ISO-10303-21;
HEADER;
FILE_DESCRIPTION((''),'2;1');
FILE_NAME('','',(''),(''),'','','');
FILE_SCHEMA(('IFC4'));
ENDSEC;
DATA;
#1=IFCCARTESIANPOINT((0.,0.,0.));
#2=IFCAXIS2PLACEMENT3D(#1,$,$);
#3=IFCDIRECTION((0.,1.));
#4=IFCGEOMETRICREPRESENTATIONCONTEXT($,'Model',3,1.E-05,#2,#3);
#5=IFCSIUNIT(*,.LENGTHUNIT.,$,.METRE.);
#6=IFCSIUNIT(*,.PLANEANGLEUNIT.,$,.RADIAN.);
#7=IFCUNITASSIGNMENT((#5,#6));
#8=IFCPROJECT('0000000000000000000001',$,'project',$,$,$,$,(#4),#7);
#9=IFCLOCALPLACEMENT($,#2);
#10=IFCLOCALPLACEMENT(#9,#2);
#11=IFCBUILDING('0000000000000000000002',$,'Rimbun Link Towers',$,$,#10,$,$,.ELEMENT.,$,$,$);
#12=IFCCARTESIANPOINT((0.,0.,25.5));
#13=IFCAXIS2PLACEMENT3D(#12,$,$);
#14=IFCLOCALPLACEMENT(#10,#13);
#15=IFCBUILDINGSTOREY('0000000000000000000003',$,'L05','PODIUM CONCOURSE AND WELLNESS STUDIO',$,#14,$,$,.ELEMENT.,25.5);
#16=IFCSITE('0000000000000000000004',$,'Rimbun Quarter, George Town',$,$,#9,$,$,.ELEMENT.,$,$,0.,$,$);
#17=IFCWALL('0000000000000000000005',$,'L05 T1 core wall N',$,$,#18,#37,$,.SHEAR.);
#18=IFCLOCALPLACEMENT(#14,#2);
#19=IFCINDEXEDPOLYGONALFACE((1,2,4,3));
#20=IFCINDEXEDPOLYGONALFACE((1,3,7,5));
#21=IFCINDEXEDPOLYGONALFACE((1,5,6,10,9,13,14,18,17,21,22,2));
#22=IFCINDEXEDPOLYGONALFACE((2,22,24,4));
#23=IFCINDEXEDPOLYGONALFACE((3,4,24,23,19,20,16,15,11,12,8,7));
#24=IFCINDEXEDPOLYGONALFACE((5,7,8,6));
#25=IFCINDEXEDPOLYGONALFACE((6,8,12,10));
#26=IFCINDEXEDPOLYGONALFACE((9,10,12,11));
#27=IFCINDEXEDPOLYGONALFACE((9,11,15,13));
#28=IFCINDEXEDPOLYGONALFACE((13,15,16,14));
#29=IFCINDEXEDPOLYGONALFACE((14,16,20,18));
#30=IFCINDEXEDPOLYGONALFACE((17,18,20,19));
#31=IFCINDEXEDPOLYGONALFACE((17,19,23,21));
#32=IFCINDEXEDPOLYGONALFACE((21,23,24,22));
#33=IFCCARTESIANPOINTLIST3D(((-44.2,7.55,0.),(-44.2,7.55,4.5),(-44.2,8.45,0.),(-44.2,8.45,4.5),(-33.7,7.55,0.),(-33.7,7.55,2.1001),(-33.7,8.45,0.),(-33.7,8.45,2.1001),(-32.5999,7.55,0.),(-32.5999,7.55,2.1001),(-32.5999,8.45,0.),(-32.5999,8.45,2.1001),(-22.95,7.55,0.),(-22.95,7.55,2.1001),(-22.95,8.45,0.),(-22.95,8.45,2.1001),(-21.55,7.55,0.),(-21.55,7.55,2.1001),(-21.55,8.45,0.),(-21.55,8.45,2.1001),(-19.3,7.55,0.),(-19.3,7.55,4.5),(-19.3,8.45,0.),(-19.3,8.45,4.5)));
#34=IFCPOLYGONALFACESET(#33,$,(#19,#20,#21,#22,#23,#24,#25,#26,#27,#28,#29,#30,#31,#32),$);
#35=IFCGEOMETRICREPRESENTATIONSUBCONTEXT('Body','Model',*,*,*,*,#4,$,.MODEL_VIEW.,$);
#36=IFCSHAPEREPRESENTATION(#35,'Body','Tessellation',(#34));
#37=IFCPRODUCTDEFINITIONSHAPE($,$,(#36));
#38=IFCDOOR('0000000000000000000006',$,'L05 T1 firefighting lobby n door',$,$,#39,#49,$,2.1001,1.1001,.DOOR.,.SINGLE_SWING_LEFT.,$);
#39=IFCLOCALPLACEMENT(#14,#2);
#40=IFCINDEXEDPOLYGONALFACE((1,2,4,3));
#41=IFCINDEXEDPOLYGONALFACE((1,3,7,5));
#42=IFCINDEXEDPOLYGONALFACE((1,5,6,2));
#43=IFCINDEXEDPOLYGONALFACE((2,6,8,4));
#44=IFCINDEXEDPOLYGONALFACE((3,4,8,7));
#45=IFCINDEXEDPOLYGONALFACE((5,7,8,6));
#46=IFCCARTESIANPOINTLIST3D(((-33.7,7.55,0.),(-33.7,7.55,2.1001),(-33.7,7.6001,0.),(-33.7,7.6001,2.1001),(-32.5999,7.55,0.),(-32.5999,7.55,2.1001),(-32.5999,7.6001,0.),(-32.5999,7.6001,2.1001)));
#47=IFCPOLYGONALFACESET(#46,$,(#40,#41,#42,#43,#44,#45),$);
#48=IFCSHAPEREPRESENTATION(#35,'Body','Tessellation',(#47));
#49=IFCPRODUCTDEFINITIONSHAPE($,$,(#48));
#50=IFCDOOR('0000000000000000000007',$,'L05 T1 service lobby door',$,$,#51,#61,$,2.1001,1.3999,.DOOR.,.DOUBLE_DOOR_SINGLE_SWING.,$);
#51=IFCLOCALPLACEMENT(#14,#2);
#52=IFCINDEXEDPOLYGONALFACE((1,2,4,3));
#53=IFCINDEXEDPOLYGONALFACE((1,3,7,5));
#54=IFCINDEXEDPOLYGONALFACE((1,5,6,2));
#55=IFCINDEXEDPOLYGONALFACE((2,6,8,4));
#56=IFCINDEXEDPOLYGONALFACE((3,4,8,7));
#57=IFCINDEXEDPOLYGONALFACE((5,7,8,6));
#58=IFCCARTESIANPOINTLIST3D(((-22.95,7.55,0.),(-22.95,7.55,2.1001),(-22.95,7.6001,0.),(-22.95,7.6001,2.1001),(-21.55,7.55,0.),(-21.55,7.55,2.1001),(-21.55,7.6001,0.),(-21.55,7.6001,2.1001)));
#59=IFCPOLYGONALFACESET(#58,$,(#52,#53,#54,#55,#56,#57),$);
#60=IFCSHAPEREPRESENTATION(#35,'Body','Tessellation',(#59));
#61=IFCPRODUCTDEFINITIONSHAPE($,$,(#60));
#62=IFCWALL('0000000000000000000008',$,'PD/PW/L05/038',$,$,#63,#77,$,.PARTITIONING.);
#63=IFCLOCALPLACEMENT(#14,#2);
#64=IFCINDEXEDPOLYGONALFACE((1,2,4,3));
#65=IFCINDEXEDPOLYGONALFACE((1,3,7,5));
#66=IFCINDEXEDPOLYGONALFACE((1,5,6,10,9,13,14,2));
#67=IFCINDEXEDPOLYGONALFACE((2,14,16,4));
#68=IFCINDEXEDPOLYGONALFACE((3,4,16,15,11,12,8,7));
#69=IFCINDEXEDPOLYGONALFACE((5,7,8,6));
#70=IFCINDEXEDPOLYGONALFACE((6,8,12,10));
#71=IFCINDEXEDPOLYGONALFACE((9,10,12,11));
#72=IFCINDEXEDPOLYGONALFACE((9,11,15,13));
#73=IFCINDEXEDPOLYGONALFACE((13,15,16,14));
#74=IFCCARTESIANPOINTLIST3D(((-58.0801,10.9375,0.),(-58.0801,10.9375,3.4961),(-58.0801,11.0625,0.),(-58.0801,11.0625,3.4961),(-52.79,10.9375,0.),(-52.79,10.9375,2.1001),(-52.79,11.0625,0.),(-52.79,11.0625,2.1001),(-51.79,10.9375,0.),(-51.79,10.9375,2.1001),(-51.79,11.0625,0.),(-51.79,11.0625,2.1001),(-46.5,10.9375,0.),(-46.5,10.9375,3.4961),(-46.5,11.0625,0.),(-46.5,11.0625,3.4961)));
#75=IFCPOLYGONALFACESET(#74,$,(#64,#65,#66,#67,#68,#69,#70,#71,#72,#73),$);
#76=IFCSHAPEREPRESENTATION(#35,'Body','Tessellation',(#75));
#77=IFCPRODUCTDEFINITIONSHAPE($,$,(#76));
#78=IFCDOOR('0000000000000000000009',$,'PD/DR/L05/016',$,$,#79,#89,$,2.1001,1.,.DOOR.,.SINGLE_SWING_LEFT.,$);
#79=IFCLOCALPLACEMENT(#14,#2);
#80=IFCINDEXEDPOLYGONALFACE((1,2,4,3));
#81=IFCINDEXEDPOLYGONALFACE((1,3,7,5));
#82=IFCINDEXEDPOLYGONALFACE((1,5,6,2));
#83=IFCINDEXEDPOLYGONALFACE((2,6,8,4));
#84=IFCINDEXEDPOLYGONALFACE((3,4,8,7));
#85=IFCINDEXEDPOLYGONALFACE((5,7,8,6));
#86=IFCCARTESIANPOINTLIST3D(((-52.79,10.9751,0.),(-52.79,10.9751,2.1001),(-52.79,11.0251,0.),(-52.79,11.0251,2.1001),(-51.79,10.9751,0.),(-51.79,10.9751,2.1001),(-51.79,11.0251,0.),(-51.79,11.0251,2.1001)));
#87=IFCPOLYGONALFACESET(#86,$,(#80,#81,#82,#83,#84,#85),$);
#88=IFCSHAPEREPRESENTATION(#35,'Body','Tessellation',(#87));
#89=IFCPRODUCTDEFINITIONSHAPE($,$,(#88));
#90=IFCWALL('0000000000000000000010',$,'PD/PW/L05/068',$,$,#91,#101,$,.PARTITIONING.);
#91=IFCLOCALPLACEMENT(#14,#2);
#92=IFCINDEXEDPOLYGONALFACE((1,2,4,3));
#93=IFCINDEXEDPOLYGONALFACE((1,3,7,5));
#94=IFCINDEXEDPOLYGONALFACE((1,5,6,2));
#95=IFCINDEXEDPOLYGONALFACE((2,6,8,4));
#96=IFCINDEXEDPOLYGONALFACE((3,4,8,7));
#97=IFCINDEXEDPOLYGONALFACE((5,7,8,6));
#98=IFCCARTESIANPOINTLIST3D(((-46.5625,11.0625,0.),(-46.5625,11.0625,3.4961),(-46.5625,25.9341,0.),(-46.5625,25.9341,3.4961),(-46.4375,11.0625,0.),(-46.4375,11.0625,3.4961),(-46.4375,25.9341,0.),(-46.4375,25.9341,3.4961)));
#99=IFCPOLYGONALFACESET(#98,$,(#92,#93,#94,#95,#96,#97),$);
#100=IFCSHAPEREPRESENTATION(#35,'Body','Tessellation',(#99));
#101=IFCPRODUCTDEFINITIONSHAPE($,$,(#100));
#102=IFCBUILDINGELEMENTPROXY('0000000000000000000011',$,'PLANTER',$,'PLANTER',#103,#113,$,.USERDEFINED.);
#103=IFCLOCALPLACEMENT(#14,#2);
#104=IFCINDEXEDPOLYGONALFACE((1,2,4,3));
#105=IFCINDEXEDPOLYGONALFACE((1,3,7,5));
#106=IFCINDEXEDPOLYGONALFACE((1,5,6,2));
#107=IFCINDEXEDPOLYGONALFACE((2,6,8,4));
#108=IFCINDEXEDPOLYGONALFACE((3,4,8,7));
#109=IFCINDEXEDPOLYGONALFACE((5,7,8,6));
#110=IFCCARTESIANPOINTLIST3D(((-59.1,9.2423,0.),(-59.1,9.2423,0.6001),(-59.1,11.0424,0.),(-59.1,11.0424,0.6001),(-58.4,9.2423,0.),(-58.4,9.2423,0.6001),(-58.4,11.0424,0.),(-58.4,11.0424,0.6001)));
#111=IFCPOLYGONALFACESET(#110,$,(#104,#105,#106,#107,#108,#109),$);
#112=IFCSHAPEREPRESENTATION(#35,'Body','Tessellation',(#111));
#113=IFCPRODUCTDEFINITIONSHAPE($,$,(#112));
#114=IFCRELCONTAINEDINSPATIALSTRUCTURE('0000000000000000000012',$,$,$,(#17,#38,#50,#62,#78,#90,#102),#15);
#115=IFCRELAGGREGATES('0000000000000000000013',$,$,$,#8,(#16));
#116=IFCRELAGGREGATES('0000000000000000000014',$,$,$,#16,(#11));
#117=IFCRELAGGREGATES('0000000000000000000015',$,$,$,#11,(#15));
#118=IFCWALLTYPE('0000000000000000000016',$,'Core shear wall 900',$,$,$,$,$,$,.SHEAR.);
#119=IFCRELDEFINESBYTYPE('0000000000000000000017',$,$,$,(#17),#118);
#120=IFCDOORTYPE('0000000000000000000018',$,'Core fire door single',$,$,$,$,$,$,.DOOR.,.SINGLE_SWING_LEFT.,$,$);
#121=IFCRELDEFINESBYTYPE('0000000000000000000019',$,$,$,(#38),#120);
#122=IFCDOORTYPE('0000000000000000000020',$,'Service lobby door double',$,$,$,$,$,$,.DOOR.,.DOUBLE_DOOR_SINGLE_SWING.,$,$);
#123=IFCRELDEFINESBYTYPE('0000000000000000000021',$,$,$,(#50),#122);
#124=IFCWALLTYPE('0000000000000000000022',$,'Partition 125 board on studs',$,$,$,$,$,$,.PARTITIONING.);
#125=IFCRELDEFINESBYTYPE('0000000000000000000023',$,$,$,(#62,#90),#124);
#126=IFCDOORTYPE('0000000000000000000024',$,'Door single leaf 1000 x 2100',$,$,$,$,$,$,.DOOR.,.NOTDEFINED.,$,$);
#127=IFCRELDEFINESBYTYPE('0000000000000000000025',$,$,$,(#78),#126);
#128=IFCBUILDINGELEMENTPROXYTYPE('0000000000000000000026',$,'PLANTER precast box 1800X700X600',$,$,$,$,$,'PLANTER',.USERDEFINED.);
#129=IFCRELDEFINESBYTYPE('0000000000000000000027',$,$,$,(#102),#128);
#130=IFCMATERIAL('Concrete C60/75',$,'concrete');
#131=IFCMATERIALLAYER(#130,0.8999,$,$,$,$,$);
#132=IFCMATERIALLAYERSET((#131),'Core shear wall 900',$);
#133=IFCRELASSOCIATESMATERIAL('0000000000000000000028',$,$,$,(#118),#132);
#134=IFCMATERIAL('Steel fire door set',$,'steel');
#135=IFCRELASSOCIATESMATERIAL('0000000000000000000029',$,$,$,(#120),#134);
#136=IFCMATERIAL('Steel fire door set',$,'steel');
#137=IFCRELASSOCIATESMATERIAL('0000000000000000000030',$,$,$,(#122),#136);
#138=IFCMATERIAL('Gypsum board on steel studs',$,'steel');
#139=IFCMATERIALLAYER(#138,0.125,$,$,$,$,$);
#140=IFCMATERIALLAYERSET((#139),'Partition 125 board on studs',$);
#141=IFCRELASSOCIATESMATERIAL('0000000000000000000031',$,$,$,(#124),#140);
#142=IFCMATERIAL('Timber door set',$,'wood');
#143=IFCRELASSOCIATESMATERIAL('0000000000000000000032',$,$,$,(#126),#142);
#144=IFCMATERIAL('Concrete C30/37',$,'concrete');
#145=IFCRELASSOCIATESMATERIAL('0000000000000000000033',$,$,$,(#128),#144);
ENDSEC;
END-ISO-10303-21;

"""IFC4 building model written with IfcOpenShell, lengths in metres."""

from ifc_helpers import new_model, si_unit, direction, frame, frame_2d, origin, origin_2d, place, context, subcontext, project, spatial, rectangle, extrude, material, layer, layer_set, type_object, element, fill, save


model = new_model("IFC4")

# Units and contexts
model_context = context("Model", 3, precision=1e-05, world=origin(), true_north=direction((0.0, 1.0)))
body_context = subcontext(model_context, "Body", "Model", "MODEL_VIEW")
ifc_project = project(units=[si_unit("LENGTHUNIT", "METRE"), si_unit("PLANEANGLEUNIT", "RADIAN")], contexts=[model_context])

# Site, building, storey
site_placement = place(None, origin())
site = spatial("IfcSite", under=ifc_project, at=site_placement, Name="Rimbun Quarter, George Town", CompositionType="ELEMENT", RefElevation=0.0)
building_placement = place(site_placement, origin())
building = spatial("IfcBuilding", under=site, at=building_placement, Name="Rimbun Link Towers", CompositionType="ELEMENT")
storey_placement = place(building_placement, frame((0.0, 0.0, 25.5)))
storey = spatial("IfcBuildingStorey", under=building, at=storey_placement, Name="L05", Description="PODIUM CONCOURSE AND WELLNESS STUDIO", CompositionType="ELEMENT", Elevation=25.5)

# Wall, openings, doors
ifc_material_1 = material(Name="Concrete C60/75", Category="concrete")
ifc_layer_1 = layer(ifc_material_1, 0.8999)
ifc_layer_set_1 = layer_set([ifc_layer_1], Name="Core shear wall 900")
wall_type_1 = type_object("IfcWallType", Name="Core shear wall 900", PredefinedType="SHEAR", material=ifc_layer_set_1)
wall_1_placement = place(storey_placement, frame((-44.2, 8.0, 0.0), z_axis=(0.0, 0.0, 1.0), x_axis=(1.0, 0.0, 0.0)))
wall_1 = element("IfcWall", 1, at=wall_1_placement, inside=storey, type_object=wall_type_1, Name="L05 T1 core wall N", PredefinedType="SHEAR", context=body_context, shape_type="SweptSolid", body=[
    extrude(rectangle(XDim=24.8999, YDim=0.8999, at=frame_2d((12.45, 0.0))), origin(), (0.0, 0.0, 1.0), 4.5),
])
opening_1_placement = place(wall_1_placement, frame((10.5, 0.0, 0.0)))
opening_1 = element("IfcOpeningElement", 2, at=opening_1_placement, cuts=wall_1, PredefinedType="OPENING", context=body_context, shape_type="SweptSolid", body=[
    extrude(rectangle(XDim=1.1001, YDim=2.1001, at=frame_2d((0.55, 1.05))), frame((0.0, 0.46, 0.0), z_axis=(0.0, -1.0, 0.0), x_axis=(1.0, 0.0, 0.0)), (0.0, 0.0, 1.0), 0.9199),
])
opening_2_placement = place(wall_1_placement, frame((21.25, 0.0, 0.0)))
opening_2 = element("IfcOpeningElement", 3, at=opening_2_placement, cuts=wall_1, PredefinedType="OPENING", context=body_context, shape_type="SweptSolid", body=[
    extrude(rectangle(XDim=1.3999, YDim=2.1001, at=frame_2d((0.7, 1.05))), frame((0.0, 0.46, 0.0), z_axis=(0.0, -1.0, 0.0), x_axis=(1.0, 0.0, 0.0)), (0.0, 0.0, 1.0), 0.9199),
])
ifc_material_2 = material(Name="Steel fire door set", Category="steel")
door_type_1 = type_object("IfcDoorType", Name="Core fire door single", OperationType="SINGLE_SWING_LEFT", PredefinedType="DOOR", material=ifc_material_2)
door_1_placement = place(opening_1_placement, origin())
door_1 = element("IfcDoor", 4, at=door_1_placement, inside=storey, type_object=door_type_1, Name="L05 T1 firefighting lobby n door", OperationType="SINGLE_SWING_LEFT", OverallHeight=2.1001, OverallWidth=1.1001, PredefinedType="DOOR", context=body_context, shape_type="SweptSolid", body=[
    extrude(rectangle(XDim=1.1001, YDim=2.1001, at=frame_2d((0.55, 1.05))), frame((0.0, -0.3999, 0.0), z_axis=(0.0, -1.0, 0.0), x_axis=(1.0, 0.0, 0.0)), (0.0, 0.0, 1.0), 0.05),
])
fill(opening_1, door_1)
ifc_material_3 = material(Name="Steel fire door set", Category="steel")
door_type_2 = type_object("IfcDoorType", Name="Service lobby door double", OperationType="DOUBLE_DOOR_SINGLE_SWING", PredefinedType="DOOR", material=ifc_material_3)
door_2_placement = place(opening_2_placement, origin())
door_2 = element("IfcDoor", 5, at=door_2_placement, inside=storey, type_object=door_type_2, Name="L05 T1 service lobby door", OperationType="DOUBLE_DOOR_SINGLE_SWING", OverallHeight=2.1001, OverallWidth=1.3999, PredefinedType="DOOR", context=body_context, shape_type="SweptSolid", body=[
    extrude(rectangle(XDim=1.3999, YDim=2.1001, at=frame_2d((0.7, 1.05))), frame((0.0, -0.3999, 0.0), z_axis=(0.0, -1.0, 0.0), x_axis=(1.0, 0.0, 0.0)), (0.0, 0.0, 1.0), 0.05),
])
fill(opening_2, door_2)

# Wall, opening, door
ifc_material_4 = material(Name="Gypsum board on steel studs", Category="steel")
ifc_layer_2 = layer(ifc_material_4, 0.125)
ifc_layer_set_2 = layer_set([ifc_layer_2], Name="Partition 125 board on studs")
wall_type_2 = type_object("IfcWallType", Name="Partition 125 board on studs", PredefinedType="PARTITIONING", material=ifc_layer_set_2)
wall_2_placement = place(storey_placement, frame((-46.5, 11.0, 0.0), z_axis=(0.0, 0.0, 1.0), x_axis=(-1.0, 0.0, 0.0)))
wall_2 = element("IfcWall", 6, at=wall_2_placement, inside=storey, type_object=wall_type_2, Name="PD/PW/L05/038", PredefinedType="PARTITIONING", context=body_context, shape_type="SweptSolid", body=[
    extrude(rectangle(XDim=11.5801, YDim=0.125, at=frame_2d((5.79, 0.0))), origin(), (0.0, 0.0, 1.0), 3.4961),
])
opening_3_placement = place(wall_2_placement, frame((5.29, 0.0, 0.0)))
opening_3 = element("IfcOpeningElement", 7, at=opening_3_placement, cuts=wall_2, PredefinedType="OPENING", context=body_context, shape_type="SweptSolid", body=[
    extrude(rectangle(XDim=1.0, YDim=2.1001, at=frame_2d((0.5, 1.05))), frame((0.0, 0.0725, 0.0), z_axis=(0.0, -1.0, 0.0), x_axis=(1.0, 0.0, 0.0)), (0.0, 0.0, 1.0), 0.145),
])
ifc_material_5 = material(Name="Timber door set", Category="wood")
door_type_3 = type_object("IfcDoorType", Name="Door single leaf 1000 x 2100", OperationType="NOTDEFINED", PredefinedType="DOOR", material=ifc_material_5)
door_3_placement = place(opening_3_placement, origin())
door_3 = element("IfcDoor", 8, at=door_3_placement, inside=storey, type_object=door_type_3, Name="PD/DR/L05/016", OperationType="SINGLE_SWING_LEFT", OverallHeight=2.1001, OverallWidth=1.0, PredefinedType="DOOR", context=body_context, shape_type="SweptSolid", body=[
    extrude(rectangle(XDim=1.0, YDim=2.1001, at=frame_2d((0.5, 1.05))), frame((0.0, 0.0249, 0.0), z_axis=(0.0, -1.0, 0.0), x_axis=(1.0, 0.0, 0.0)), (0.0, 0.0, 1.0), 0.05),
])
fill(opening_3, door_3)

# Wall
wall_3_placement = place(storey_placement, frame((-46.5, 11.0625, 0.0), z_axis=(0.0, 0.0, 1.0), x_axis=(0.0, 1.0, 0.0)))
element("IfcWall", 9, at=wall_3_placement, inside=storey, type_object=wall_type_2, Name="PD/PW/L05/068", PredefinedType="PARTITIONING", context=body_context, shape_type="SweptSolid", body=[
    extrude(rectangle(XDim=14.8716, YDim=0.125, at=frame_2d((7.4358, 0.0))), origin(), (0.0, 0.0, 1.0), 3.4961),
])

# Building element proxy
ifc_material_6 = material(Name="Concrete C30/37", Category="concrete")
building_element_proxy_type = type_object("IfcBuildingElementProxyType", Name="PLANTER precast box 1800X700X600", ElementType="PLANTER", PredefinedType="USERDEFINED", material=ifc_material_6)
proxy_placement = place(storey_placement, frame((-58.75, 10.1423, 0.0), z_axis=(0.0, 0.0, 1.0), x_axis=(0.0, -1.0, 0.0)))
element("IfcBuildingElementProxy", 10, at=proxy_placement, inside=storey, type_object=building_element_proxy_type, Name="PLANTER", ObjectType="PLANTER", PredefinedType="USERDEFINED", context=body_context, shape_type="SweptSolid", body=[
    extrude(rectangle(XDim=1.8, YDim=0.7, at=origin_2d()), origin(), (0.0, 0.0, 1.0), 0.6001),
])

save(model, "model.ifc")
